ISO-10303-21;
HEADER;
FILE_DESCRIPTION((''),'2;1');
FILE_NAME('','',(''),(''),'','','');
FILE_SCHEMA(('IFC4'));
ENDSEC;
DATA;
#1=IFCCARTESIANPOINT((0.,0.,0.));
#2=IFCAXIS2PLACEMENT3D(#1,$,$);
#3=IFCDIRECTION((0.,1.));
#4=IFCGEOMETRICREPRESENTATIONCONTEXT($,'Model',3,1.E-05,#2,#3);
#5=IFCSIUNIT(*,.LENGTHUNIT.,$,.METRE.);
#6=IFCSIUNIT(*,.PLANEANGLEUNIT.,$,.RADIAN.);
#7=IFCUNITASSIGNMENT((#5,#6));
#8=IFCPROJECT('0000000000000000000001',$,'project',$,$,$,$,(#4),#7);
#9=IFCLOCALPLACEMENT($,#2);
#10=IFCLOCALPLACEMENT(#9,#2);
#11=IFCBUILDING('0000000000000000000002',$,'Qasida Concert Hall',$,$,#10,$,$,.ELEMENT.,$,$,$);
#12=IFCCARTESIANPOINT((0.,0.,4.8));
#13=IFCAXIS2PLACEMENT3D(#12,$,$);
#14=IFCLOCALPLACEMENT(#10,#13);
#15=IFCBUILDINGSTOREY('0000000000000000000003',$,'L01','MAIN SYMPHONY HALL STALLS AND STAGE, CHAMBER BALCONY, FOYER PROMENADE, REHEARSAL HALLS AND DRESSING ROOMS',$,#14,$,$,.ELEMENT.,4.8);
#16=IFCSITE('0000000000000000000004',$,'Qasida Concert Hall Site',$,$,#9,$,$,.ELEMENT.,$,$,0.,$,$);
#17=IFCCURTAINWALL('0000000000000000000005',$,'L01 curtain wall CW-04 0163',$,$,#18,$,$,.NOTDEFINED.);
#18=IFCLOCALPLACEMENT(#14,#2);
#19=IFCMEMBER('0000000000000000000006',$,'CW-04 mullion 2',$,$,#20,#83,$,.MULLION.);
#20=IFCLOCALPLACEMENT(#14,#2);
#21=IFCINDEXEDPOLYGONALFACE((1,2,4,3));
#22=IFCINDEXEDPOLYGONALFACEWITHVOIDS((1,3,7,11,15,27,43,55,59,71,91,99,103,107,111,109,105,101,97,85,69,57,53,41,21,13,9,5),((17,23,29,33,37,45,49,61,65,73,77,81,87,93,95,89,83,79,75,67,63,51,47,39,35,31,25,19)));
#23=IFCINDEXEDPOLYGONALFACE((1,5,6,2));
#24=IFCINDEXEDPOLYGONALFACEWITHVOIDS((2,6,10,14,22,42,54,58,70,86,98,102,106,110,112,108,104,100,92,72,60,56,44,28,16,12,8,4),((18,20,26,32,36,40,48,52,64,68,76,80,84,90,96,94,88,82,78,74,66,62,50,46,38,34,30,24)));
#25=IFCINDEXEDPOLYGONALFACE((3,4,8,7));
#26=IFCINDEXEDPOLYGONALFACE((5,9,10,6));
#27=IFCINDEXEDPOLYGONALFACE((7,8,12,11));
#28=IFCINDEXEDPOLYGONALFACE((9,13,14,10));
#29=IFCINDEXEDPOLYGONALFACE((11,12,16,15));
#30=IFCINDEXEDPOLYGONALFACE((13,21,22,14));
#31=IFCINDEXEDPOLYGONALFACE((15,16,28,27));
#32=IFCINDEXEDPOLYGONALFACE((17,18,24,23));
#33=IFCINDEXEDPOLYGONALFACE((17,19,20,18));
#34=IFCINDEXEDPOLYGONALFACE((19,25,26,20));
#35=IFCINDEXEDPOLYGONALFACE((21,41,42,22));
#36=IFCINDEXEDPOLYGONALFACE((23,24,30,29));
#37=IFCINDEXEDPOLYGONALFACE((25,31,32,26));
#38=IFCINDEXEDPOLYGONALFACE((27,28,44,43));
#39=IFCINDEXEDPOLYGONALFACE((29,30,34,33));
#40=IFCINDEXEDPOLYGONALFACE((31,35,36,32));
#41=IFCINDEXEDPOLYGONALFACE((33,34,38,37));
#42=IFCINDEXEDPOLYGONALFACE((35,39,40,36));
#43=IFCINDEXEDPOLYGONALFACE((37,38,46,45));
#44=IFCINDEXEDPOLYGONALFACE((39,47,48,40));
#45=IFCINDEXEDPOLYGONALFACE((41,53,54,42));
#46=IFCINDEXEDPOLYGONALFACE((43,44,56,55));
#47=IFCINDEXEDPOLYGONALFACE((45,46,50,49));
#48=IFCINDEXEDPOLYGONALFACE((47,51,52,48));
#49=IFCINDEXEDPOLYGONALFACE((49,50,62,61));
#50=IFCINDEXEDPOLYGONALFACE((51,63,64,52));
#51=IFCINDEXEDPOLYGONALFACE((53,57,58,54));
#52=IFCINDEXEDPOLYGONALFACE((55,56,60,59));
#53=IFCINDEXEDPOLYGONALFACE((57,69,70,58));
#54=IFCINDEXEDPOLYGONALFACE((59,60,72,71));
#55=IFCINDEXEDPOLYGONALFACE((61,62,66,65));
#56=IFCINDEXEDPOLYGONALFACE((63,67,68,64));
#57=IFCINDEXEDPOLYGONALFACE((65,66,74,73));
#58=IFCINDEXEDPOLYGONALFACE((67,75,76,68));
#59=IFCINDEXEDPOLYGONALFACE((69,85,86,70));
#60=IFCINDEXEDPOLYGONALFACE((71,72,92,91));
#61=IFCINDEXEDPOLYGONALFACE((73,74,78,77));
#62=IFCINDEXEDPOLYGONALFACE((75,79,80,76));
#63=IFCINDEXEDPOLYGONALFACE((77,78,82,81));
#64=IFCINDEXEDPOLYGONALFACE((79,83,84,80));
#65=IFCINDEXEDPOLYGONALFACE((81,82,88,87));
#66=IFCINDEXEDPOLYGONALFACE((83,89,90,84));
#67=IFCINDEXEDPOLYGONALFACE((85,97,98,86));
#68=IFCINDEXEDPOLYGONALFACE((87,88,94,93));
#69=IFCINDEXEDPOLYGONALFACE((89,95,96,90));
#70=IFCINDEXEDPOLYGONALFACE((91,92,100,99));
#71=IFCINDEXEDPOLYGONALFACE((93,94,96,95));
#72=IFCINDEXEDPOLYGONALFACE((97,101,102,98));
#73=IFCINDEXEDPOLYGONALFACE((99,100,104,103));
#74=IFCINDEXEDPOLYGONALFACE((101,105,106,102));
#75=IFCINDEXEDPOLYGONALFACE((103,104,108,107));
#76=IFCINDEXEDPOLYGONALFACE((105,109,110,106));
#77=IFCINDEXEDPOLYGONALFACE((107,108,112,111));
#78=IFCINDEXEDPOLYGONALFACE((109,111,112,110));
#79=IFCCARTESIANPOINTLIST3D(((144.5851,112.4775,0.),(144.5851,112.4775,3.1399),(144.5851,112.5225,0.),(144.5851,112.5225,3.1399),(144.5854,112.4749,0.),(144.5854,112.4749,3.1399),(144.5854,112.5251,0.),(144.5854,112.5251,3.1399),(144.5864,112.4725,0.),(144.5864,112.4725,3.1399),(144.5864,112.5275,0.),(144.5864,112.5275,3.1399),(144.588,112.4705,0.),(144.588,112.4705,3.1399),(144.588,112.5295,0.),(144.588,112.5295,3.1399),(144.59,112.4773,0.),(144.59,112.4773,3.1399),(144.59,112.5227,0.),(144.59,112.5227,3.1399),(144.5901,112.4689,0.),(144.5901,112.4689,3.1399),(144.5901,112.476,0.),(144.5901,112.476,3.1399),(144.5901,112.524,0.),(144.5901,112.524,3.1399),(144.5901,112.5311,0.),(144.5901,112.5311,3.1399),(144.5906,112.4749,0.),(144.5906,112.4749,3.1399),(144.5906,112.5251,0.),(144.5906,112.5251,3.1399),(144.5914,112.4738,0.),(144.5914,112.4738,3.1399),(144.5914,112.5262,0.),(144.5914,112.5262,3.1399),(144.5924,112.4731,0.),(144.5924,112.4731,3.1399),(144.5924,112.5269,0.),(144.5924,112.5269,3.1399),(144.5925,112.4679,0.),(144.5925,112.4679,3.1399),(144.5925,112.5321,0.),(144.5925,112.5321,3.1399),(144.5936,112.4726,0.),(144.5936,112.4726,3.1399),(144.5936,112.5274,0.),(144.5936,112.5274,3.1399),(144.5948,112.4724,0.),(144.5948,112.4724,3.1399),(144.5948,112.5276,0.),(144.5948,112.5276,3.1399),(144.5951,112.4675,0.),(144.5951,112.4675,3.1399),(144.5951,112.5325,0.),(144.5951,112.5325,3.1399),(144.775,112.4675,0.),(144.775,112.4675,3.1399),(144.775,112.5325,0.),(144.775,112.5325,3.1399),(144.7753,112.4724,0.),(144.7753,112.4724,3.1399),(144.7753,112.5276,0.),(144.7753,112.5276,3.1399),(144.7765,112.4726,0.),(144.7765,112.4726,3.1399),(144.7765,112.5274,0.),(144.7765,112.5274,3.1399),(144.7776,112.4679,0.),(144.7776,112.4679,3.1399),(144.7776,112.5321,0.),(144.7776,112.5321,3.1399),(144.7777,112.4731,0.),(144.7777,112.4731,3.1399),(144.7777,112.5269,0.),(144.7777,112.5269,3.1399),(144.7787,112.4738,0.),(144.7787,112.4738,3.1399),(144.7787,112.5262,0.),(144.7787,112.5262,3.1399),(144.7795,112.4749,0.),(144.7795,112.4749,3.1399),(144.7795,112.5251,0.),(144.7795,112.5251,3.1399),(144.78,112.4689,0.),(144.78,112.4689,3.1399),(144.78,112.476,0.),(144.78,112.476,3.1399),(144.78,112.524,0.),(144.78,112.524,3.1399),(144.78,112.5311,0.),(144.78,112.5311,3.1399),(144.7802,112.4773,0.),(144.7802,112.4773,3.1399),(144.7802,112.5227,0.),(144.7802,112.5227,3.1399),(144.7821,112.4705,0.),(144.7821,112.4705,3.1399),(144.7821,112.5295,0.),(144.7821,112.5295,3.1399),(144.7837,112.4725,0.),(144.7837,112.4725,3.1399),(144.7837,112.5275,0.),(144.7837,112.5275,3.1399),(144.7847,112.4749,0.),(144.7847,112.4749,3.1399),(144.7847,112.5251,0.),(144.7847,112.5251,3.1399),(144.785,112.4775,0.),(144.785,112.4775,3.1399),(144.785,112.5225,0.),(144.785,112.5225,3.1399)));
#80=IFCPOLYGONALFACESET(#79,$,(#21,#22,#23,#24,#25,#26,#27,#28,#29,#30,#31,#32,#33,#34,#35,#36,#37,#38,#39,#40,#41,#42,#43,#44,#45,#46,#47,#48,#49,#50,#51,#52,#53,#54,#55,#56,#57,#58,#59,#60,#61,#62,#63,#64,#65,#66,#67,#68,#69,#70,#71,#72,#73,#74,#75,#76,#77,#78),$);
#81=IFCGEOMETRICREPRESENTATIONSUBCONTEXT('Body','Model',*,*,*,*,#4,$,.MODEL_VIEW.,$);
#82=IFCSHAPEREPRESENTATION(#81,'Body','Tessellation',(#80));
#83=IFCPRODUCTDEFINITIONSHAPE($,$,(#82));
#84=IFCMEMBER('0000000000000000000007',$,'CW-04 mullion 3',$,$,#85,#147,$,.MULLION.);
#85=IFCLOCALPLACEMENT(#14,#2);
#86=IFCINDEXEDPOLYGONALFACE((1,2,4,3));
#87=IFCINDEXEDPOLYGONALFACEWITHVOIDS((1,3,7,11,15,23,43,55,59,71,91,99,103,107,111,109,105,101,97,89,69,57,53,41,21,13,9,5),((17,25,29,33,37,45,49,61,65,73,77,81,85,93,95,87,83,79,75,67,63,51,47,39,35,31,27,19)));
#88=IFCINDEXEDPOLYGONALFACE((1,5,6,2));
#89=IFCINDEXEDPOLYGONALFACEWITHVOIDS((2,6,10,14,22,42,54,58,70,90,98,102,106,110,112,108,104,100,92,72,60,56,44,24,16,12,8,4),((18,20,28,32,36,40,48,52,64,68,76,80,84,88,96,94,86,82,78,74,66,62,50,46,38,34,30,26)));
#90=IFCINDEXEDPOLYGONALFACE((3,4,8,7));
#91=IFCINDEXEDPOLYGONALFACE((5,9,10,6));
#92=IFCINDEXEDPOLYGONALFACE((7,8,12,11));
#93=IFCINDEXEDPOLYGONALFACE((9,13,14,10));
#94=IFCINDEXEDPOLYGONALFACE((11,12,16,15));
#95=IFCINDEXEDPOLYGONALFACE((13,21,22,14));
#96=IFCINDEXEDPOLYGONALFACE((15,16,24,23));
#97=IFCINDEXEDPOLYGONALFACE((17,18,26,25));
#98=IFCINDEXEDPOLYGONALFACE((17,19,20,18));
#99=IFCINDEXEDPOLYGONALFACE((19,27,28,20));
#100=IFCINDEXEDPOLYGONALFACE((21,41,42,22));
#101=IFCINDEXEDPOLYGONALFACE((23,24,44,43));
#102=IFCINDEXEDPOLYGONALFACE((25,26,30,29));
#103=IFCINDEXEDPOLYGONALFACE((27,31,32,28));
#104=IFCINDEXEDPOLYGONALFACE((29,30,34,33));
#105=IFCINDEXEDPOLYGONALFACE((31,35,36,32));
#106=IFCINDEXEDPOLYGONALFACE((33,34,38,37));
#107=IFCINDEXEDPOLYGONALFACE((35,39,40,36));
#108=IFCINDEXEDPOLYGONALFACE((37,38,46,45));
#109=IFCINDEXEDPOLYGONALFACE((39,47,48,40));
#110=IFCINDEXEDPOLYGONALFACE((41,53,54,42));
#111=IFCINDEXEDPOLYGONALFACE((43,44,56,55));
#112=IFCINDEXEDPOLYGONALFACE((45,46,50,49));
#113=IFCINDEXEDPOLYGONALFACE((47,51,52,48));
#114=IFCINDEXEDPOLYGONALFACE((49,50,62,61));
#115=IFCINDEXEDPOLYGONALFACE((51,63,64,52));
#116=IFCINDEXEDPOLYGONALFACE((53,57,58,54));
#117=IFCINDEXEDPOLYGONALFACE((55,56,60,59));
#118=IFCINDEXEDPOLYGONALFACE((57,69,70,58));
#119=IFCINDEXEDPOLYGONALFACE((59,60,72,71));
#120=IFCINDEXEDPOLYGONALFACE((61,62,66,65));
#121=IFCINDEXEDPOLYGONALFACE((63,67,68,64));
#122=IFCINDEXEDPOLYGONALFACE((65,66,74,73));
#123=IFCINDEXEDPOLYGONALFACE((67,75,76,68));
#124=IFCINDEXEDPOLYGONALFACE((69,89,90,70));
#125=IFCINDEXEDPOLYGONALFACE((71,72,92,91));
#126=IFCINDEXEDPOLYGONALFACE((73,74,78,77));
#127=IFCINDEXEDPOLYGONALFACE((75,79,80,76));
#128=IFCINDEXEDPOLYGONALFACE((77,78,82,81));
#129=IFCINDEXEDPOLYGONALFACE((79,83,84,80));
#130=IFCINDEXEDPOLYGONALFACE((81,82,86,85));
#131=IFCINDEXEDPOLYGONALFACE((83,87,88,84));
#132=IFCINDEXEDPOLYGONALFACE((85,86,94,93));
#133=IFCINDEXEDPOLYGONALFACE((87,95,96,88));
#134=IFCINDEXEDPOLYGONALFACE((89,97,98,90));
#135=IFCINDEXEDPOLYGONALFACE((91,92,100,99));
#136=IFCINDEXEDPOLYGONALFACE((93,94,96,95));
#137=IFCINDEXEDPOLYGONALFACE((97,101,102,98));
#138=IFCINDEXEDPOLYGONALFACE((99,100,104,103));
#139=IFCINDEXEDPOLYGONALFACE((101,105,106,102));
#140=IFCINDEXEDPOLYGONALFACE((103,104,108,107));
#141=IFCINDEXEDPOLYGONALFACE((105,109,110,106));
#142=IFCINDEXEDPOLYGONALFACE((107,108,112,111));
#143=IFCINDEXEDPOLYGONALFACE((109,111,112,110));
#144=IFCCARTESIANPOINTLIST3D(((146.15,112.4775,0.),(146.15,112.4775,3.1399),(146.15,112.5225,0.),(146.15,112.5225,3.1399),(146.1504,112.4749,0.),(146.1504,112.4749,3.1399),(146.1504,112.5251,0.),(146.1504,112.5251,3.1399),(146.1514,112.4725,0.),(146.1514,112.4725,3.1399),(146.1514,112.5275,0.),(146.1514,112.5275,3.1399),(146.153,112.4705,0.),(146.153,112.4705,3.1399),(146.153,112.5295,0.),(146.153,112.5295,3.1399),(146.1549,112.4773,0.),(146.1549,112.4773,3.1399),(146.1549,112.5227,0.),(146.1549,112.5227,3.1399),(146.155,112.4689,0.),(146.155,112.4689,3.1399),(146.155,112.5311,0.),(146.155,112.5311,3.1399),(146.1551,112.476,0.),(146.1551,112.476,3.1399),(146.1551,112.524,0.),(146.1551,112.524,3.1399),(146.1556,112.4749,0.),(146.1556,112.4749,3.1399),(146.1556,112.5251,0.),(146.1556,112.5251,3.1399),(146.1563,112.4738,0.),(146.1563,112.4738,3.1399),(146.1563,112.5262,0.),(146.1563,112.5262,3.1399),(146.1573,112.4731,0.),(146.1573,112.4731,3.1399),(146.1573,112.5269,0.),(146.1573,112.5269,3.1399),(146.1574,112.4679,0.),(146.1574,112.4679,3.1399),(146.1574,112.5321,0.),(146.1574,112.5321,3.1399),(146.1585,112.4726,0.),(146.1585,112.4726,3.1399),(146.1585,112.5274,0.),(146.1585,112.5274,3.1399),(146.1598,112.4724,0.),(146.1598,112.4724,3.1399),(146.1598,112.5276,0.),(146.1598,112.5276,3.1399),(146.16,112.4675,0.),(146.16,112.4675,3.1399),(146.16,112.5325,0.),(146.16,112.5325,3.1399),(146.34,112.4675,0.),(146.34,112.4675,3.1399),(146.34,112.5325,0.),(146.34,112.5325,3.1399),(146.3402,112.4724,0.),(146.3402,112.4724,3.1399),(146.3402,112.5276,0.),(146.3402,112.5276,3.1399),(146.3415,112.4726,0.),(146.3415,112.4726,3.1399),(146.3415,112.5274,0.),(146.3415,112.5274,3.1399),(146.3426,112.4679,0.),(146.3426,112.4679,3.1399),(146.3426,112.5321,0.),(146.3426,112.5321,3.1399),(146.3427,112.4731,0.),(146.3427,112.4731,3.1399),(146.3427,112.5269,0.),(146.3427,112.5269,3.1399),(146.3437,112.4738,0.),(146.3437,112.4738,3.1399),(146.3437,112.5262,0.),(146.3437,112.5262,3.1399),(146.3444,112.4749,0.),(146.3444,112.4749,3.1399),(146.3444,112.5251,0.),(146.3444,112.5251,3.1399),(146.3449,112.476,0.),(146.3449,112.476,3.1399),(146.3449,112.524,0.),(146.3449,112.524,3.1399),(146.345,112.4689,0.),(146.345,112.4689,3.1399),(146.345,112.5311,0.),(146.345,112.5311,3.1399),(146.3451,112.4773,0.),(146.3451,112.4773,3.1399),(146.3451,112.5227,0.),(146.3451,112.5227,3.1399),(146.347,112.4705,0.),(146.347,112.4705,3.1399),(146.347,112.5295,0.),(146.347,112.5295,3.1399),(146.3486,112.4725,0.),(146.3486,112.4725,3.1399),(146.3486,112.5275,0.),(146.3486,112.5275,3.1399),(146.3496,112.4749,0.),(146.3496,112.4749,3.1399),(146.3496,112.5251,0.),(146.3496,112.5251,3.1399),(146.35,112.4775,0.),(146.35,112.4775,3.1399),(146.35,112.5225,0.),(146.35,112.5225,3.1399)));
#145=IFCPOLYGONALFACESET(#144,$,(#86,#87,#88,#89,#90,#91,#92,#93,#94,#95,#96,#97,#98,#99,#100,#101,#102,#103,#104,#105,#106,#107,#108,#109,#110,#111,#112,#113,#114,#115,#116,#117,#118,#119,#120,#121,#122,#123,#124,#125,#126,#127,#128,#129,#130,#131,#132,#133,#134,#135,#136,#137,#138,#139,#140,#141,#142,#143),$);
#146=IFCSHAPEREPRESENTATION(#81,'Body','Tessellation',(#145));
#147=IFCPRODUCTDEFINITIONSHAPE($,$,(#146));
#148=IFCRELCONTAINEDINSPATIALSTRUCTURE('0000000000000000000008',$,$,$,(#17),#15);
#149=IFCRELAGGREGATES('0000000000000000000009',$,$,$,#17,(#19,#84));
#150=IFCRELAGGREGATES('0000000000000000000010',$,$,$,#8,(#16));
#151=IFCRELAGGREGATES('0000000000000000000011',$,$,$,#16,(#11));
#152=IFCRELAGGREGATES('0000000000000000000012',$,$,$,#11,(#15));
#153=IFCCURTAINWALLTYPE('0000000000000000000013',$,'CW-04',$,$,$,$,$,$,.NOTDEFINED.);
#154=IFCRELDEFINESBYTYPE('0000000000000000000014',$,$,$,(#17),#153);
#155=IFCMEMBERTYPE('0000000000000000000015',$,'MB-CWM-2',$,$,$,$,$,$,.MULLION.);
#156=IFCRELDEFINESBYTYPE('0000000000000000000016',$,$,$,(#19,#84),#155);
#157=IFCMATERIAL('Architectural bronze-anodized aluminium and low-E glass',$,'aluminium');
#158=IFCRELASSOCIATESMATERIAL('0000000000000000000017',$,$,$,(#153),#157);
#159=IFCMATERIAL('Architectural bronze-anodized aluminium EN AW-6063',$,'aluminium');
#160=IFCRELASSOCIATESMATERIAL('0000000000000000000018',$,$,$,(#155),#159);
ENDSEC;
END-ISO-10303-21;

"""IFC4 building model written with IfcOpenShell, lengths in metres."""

from ifc_helpers import new_model, si_unit, direction, frame, origin, origin_2d, place, context, subcontext, project, spatial, hollow_rectangle, extrude, material, material_profile, profile_set, type_object, element, aggregate, save


model = new_model("IFC4")

# Units and contexts
model_context = context("Model", 3, precision=1e-05, world=origin(), true_north=direction((0.0, 1.0)))
body_context = subcontext(model_context, "Body", "Model", "MODEL_VIEW")
ifc_project = project(units=[si_unit("LENGTHUNIT", "METRE"), si_unit("PLANEANGLEUNIT", "RADIAN")], contexts=[model_context])

# Site, building, storey
site_placement = place(None, origin())
site = spatial("IfcSite", under=ifc_project, at=site_placement, Name="Qasida Concert Hall Site", CompositionType="ELEMENT", RefElevation=0.0)
building_placement = place(site_placement, origin())
building = spatial("IfcBuilding", under=site, at=building_placement, Name="Qasida Concert Hall", CompositionType="ELEMENT")
storey_placement = place(building_placement, frame((0.0, 0.0, 4.8)))
storey = spatial("IfcBuildingStorey", under=building, at=storey_placement, Name="L01", Description="MAIN SYMPHONY HALL STALLS AND STAGE, CHAMBER BALCONY, FOYER PROMENADE, REHEARSAL HALLS AND DRESSING ROOMS", CompositionType="ELEMENT", Elevation=4.8)

# Curtain wall, members
ifc_material_1 = material(Name="Architectural bronze-anodized aluminium and low-E glass", Category="aluminium")
curtain_wall_type = type_object("IfcCurtainWallType", Name="CW-04", PredefinedType="NOTDEFINED", material=ifc_material_1)
curtain_wall_placement = place(storey_placement, origin())
curtain_wall = element("IfcCurtainWall", 1, at=curtain_wall_placement, inside=storey, type_object=curtain_wall_type, Name="L01 curtain wall CW-04 0163", PredefinedType="NOTDEFINED")
ifc_material_2 = material(Name="Architectural bronze-anodized aluminium EN AW-6063", Category="aluminium")
ifc_material_profile_1 = material_profile(ifc_material_2, hollow_rectangle(XDim=0.0649, YDim=0.2, WallThickness=0.0049, InnerFilletRadius=0.0049, OuterFilletRadius=0.01, at=origin_2d()), Name="CWM 200x65x5")
ifc_profile_set_1 = profile_set([ifc_material_profile_1], Name="Architectural bronze-anodized aluminium EN AW-6063")
member_type_1 = type_object("IfcMemberType", Name="MB-CWM-2", PredefinedType="MULLION", material=ifc_profile_set_1)
member_1_placement = place(storey_placement, frame((144.6851, 112.5, 0.0), z_axis=(0.0, 0.0, 1.0), x_axis=(0.0, 1.0, 0.0)))
member_1 = element("IfcMember", 2, at=member_1_placement, type_object=member_type_1, Name="CW-04 mullion 2", PredefinedType="MULLION", context=body_context, shape_type="SweptSolid", body=[
    extrude(hollow_rectangle(XDim=0.0649, YDim=0.2, WallThickness=0.0049, InnerFilletRadius=0.0049, OuterFilletRadius=0.01, at=origin_2d()), origin(), (0.0, 0.0, 1.0), 3.1399),
])
member_2_placement = place(storey_placement, frame((146.25, 112.5, 0.0), z_axis=(0.0, 0.0, 1.0), x_axis=(0.0, 1.0, 0.0)))
member_2 = element("IfcMember", 3, at=member_2_placement, type_object=member_type_1, Name="CW-04 mullion 3", PredefinedType="MULLION", context=body_context, shape_type="SweptSolid", body=[
    extrude(hollow_rectangle(XDim=0.0649, YDim=0.2, WallThickness=0.0049, InnerFilletRadius=0.0049, OuterFilletRadius=0.01, at=origin_2d()), origin(), (0.0, 0.0, 1.0), 3.1399),
])
aggregate(curtain_wall, [member_1, member_2])

save(model, "model.ifc")
